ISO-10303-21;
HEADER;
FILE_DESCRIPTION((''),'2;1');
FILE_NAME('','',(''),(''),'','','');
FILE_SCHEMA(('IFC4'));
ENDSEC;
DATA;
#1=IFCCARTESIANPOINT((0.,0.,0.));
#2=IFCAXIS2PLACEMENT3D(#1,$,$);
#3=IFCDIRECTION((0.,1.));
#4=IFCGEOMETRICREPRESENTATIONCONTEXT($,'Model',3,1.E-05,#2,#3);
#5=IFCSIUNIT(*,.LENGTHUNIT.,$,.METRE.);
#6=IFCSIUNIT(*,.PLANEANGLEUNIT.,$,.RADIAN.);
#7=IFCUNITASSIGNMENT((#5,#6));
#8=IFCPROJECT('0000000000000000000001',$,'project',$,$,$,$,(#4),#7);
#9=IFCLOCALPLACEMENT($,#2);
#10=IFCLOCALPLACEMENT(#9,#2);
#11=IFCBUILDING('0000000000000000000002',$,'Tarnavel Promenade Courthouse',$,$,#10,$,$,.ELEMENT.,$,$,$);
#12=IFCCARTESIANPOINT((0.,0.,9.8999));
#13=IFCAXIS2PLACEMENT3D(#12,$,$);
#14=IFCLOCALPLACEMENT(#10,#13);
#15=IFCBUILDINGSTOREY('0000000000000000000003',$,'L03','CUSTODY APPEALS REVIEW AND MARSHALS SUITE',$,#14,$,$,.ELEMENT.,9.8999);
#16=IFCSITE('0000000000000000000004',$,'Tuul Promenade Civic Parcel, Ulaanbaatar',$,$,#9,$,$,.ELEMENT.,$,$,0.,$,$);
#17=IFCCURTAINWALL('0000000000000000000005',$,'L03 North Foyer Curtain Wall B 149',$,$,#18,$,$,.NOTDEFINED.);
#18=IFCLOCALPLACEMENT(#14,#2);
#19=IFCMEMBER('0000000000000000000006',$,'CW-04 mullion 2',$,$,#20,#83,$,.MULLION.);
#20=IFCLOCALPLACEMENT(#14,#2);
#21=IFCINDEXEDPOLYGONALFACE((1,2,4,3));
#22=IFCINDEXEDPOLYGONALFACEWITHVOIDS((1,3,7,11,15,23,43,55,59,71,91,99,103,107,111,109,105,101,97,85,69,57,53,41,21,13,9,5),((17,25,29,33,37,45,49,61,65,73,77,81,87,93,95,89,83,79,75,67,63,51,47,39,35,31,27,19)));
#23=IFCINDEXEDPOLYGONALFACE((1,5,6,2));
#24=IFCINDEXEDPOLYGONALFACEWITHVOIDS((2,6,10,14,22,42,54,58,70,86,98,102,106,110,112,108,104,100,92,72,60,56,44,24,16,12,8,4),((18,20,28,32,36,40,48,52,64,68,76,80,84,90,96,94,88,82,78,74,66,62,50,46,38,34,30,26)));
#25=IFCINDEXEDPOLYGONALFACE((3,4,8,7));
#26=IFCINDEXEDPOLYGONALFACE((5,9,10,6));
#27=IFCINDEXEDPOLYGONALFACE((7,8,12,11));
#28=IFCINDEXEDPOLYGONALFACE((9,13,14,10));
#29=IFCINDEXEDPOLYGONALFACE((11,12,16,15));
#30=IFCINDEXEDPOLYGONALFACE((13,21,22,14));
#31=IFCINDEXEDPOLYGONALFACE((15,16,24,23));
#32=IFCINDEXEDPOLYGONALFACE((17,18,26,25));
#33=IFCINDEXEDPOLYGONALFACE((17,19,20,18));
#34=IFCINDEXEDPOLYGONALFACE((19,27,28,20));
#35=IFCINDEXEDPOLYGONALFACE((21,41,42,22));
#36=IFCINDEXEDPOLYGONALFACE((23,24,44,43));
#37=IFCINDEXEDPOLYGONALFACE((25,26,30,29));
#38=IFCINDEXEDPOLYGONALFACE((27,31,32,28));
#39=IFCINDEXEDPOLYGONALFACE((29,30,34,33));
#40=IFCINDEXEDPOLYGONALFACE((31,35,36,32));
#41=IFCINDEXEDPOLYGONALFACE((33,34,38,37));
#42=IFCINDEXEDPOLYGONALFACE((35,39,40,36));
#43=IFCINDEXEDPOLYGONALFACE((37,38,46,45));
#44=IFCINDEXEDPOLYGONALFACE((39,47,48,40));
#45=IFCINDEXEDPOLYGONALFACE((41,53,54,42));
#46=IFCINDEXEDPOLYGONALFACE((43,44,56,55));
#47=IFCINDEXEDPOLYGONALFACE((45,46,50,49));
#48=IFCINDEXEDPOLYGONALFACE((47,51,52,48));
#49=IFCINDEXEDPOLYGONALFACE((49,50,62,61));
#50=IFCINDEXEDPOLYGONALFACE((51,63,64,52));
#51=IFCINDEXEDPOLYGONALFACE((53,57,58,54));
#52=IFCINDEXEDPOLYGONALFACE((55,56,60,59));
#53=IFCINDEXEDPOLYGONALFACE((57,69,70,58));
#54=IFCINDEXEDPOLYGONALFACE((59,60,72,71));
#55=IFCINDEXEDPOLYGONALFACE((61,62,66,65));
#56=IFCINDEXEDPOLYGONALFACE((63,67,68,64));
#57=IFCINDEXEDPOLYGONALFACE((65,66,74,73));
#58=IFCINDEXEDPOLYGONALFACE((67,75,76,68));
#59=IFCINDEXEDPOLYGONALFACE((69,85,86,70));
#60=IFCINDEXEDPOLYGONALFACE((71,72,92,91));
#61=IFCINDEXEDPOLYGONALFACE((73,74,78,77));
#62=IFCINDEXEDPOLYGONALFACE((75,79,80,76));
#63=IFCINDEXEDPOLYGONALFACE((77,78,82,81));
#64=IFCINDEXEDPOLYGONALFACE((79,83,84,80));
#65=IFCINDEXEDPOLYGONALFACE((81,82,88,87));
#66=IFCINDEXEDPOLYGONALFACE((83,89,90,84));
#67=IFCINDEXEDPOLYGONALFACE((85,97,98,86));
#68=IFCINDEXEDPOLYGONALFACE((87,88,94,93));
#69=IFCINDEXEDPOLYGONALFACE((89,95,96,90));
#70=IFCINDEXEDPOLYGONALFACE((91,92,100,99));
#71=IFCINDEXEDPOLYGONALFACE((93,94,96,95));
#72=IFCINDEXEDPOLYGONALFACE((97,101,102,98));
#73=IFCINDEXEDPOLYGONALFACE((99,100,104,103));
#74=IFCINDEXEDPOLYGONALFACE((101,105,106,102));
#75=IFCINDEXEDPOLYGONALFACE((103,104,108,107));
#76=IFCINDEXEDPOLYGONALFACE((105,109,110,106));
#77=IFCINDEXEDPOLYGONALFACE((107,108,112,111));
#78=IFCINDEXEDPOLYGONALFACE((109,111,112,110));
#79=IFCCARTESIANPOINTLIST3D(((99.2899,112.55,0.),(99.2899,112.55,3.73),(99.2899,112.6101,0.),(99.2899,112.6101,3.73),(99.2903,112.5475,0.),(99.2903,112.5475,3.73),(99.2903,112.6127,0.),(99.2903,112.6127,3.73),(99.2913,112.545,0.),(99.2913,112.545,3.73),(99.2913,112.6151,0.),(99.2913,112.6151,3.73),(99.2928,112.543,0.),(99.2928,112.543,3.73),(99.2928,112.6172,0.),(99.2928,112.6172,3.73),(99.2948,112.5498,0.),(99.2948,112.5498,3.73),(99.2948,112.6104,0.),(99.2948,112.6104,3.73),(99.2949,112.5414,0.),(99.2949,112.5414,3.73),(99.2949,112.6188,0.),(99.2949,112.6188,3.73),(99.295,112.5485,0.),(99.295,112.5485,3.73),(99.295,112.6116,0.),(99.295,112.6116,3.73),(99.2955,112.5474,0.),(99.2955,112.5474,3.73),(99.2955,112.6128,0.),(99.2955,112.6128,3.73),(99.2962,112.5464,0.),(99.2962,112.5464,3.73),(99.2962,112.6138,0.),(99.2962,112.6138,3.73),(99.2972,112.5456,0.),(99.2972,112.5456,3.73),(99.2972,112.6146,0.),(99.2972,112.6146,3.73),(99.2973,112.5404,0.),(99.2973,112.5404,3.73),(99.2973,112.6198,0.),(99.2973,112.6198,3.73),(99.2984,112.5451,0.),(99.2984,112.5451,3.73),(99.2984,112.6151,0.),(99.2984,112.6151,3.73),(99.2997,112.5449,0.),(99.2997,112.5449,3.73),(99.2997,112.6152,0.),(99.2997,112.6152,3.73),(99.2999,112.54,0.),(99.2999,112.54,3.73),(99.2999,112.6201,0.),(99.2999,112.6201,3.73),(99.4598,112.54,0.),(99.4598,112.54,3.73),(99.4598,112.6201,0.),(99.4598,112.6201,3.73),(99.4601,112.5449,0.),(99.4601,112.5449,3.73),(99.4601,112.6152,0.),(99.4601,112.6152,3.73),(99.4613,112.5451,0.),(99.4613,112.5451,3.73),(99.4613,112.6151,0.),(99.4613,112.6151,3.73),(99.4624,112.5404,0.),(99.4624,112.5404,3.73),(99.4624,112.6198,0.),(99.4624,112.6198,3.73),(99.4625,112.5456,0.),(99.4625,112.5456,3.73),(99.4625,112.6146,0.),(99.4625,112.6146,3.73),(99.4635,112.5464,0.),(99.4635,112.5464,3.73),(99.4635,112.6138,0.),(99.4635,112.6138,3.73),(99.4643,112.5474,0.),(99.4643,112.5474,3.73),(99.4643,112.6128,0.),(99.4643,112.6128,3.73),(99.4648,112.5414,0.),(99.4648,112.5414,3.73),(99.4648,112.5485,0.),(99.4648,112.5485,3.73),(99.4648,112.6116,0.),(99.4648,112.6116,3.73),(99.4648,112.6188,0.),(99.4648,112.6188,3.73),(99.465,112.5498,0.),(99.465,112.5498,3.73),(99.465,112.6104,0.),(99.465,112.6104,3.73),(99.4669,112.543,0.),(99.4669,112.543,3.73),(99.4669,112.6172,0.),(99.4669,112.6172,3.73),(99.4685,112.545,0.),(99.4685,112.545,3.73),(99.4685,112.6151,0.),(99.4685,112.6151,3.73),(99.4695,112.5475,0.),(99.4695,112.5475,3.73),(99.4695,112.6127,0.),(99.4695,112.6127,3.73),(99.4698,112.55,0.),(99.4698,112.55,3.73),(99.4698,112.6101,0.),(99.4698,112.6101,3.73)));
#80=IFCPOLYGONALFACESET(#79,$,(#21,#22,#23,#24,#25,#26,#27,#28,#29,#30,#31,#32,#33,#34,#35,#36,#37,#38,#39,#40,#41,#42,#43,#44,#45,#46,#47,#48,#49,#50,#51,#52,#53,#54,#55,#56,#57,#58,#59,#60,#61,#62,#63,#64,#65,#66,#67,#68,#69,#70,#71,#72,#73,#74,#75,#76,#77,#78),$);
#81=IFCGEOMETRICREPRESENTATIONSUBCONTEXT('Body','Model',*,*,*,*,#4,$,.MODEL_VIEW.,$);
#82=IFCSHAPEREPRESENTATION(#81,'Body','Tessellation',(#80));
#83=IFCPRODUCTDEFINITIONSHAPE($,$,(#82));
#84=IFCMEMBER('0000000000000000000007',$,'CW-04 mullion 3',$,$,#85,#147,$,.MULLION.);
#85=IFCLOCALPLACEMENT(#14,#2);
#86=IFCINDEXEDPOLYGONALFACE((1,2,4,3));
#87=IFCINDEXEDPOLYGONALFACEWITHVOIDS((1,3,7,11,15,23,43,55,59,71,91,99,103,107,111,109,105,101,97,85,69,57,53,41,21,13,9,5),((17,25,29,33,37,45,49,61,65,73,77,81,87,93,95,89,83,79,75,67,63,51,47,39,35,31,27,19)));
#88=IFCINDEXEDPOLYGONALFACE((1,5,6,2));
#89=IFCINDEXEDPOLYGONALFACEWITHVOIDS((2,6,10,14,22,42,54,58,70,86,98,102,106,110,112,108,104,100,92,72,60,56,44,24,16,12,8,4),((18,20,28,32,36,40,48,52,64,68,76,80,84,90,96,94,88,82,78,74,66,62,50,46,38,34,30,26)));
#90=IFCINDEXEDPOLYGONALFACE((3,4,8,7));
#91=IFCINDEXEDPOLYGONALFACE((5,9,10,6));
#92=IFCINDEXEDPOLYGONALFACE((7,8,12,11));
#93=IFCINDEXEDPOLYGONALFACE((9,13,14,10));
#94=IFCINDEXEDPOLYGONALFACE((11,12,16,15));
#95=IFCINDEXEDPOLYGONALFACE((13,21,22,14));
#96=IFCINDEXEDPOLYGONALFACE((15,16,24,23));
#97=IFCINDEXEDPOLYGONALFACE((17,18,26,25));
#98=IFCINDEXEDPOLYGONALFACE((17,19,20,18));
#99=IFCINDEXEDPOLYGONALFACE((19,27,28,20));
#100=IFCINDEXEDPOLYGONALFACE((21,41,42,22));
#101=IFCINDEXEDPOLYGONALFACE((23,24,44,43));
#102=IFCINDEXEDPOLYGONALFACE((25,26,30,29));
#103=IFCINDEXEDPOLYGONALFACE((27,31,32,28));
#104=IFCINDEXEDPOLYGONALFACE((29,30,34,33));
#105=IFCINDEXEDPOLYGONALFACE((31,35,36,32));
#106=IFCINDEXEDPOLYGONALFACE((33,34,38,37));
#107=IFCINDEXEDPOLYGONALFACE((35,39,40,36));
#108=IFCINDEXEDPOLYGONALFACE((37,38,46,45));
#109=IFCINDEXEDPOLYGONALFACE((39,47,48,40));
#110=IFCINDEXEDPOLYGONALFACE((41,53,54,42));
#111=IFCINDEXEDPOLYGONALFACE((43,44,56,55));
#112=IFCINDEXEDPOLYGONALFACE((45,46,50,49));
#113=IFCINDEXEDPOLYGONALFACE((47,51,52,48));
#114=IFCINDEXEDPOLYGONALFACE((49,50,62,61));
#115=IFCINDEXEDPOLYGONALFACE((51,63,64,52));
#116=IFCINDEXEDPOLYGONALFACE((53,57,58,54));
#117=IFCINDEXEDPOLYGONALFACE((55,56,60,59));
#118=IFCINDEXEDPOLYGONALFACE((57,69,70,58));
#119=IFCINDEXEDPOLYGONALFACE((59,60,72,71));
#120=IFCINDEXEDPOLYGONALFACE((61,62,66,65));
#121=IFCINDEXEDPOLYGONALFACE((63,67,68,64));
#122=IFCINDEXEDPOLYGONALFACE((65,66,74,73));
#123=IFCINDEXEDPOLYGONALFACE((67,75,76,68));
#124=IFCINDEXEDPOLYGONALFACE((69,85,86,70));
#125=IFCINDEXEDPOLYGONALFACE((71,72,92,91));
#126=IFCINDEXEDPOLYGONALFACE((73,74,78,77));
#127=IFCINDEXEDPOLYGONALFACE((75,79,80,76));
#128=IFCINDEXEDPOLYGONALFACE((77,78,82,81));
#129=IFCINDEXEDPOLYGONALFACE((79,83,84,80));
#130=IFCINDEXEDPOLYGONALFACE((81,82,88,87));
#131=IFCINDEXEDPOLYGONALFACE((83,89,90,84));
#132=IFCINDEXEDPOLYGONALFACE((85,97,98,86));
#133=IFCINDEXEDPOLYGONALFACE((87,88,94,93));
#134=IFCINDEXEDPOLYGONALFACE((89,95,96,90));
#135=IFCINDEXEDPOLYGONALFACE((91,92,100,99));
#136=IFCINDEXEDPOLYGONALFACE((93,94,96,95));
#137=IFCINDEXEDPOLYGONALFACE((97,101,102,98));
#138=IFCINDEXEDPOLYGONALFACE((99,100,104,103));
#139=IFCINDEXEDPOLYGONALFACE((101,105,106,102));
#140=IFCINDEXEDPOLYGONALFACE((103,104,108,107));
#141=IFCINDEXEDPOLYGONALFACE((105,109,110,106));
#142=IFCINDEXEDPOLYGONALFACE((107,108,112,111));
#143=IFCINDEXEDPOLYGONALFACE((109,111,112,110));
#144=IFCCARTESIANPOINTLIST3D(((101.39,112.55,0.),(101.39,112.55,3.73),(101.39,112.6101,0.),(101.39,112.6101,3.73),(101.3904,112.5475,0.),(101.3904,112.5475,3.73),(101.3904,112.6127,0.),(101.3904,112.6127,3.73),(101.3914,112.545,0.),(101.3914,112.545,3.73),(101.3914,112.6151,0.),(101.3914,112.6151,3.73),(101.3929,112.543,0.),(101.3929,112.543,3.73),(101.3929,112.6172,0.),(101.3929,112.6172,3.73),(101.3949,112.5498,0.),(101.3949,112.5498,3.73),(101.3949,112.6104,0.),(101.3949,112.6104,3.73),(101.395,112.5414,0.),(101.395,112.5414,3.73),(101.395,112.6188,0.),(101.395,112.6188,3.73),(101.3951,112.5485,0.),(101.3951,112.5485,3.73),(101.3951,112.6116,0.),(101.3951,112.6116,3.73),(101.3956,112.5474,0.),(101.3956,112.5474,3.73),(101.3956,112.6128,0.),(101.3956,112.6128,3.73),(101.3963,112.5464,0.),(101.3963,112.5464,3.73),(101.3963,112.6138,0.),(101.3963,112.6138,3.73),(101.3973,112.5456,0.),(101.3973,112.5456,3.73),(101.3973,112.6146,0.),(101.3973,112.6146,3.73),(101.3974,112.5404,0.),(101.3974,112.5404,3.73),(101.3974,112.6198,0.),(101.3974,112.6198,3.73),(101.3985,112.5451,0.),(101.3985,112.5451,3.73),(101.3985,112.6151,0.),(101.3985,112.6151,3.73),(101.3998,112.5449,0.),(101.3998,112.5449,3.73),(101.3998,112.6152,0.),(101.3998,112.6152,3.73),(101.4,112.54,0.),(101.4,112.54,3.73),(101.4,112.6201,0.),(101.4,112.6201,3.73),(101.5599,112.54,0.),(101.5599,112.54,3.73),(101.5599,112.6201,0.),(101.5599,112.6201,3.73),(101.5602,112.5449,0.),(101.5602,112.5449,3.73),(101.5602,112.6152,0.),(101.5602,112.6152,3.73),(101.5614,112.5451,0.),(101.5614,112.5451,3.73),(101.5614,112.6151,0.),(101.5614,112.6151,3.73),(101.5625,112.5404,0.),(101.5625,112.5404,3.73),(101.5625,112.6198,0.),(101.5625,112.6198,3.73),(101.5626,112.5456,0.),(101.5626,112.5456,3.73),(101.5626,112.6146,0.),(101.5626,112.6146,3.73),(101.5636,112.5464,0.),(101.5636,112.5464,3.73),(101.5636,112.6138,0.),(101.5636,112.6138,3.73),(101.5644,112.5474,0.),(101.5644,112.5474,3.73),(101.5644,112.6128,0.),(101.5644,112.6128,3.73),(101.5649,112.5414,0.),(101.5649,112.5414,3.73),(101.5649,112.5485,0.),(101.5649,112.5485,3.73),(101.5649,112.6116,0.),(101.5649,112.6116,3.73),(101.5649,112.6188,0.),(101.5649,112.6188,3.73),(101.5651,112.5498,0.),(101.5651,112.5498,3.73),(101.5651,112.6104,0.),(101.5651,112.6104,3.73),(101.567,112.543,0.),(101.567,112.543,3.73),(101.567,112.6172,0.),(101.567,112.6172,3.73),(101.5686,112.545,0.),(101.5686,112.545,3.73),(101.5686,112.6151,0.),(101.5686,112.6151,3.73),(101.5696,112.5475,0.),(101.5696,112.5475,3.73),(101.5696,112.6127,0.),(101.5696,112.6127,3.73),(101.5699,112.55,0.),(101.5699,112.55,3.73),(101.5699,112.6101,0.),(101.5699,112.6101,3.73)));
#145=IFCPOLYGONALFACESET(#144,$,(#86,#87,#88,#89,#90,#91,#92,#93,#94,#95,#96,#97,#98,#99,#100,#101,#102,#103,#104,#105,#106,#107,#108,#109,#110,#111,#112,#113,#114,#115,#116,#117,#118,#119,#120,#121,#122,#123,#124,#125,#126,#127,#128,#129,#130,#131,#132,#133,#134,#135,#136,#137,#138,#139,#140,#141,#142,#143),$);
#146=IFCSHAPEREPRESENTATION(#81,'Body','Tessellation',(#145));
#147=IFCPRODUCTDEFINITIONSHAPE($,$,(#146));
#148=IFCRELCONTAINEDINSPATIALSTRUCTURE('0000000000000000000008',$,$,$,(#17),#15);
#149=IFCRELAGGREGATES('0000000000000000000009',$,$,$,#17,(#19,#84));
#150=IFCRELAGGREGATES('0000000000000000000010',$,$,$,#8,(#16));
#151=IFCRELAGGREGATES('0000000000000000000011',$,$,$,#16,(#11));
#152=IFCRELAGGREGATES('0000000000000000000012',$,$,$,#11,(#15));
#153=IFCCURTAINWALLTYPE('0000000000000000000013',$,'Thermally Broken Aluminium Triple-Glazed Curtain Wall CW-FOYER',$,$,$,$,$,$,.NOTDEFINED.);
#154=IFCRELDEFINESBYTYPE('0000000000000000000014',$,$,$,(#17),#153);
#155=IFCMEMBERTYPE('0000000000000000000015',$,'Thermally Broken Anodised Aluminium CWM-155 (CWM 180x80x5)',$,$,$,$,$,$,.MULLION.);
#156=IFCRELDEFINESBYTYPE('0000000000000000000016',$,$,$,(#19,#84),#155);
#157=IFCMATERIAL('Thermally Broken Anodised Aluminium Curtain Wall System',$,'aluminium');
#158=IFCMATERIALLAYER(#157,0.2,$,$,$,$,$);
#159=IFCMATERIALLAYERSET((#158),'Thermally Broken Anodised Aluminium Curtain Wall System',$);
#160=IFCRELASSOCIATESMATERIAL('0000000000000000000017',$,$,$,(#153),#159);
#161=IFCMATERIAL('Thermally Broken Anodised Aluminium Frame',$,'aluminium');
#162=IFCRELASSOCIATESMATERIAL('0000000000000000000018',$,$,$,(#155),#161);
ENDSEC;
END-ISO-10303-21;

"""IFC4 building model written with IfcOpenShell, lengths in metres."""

from ifc_helpers import new_model, si_unit, direction, frame, origin, origin_2d, place, context, subcontext, project, spatial, hollow_rectangle, extrude, material, layer, layer_set, material_profile, profile_set, type_object, element, aggregate, save


model = new_model("IFC4")

# Units and contexts
model_context = context("Model", 3, precision=1e-05, world=origin(), true_north=direction((0.0, 1.0)))
body_context = subcontext(model_context, "Body", "Model", "MODEL_VIEW")
ifc_project = project(units=[si_unit("LENGTHUNIT", "METRE"), si_unit("PLANEANGLEUNIT", "RADIAN")], contexts=[model_context])

# Site, building, storey
site_placement = place(None, origin())
site = spatial("IfcSite", under=ifc_project, at=site_placement, Name="Tuul Promenade Civic Parcel, Ulaanbaatar", CompositionType="ELEMENT", RefElevation=0.0)
building_placement = place(site_placement, origin())
building = spatial("IfcBuilding", under=site, at=building_placement, Name="Tarnavel Promenade Courthouse", CompositionType="ELEMENT")
storey_placement = place(building_placement, frame((0.0, 0.0, 9.8999)))
storey = spatial("IfcBuildingStorey", under=building, at=storey_placement, Name="L03", Description="CUSTODY APPEALS REVIEW AND MARSHALS SUITE", CompositionType="ELEMENT", Elevation=9.8999)

# Shared definitions
ifc_material_1 = material(Name="Thermally Broken Anodised Aluminium Curtain Wall System", Category="aluminium")
ifc_layer_1 = layer(ifc_material_1, 0.2)
ifc_layer_set_1 = layer_set([ifc_layer_1], Name="Thermally Broken Anodised Aluminium Curtain Wall System")
curtain_wall_type = type_object("IfcCurtainWallType", Name="Thermally Broken Aluminium Triple-Glazed Curtain Wall CW-FOYER", PredefinedType="NOTDEFINED", material=ifc_layer_set_1)
ifc_material_2 = material(Name="Thermally Broken Anodised Aluminium Frame", Category="aluminium")
ifc_material_profile_1 = material_profile(ifc_material_2, hollow_rectangle(XDim=0.0801, YDim=0.1799, WallThickness=0.0049, InnerFilletRadius=0.0049, OuterFilletRadius=0.01, at=origin_2d()), Name="CWM 180x80x5")
ifc_profile_set_1 = profile_set([ifc_material_profile_1], Name="Thermally Broken Anodised Aluminium Frame")
member_type_1 = type_object("IfcMemberType", Name="Thermally Broken Anodised Aluminium CWM-155 (CWM 180x80x5)", PredefinedType="MULLION", material=ifc_profile_set_1)

# Curtain wall, members
curtain_wall_1_placement = place(storey_placement, origin())
curtain_wall_1 = element("IfcCurtainWall", 1, at=curtain_wall_1_placement, inside=storey, type_object=curtain_wall_type, Name="L03 North Foyer Curtain Wall B 149", PredefinedType="NOTDEFINED")
member_1_placement = place(storey_placement, frame((99.3799, 112.5801, 0.0), z_axis=(0.0, 0.0, 1.0), x_axis=(0.0, 1.0, 0.0)))
member_1 = element("IfcMember", 2, at=member_1_placement, type_object=member_type_1, Name="CW-04 mullion 2", PredefinedType="MULLION", context=body_context, shape_type="SweptSolid", body=[
    extrude(hollow_rectangle(XDim=0.0801, YDim=0.1799, WallThickness=0.0049, InnerFilletRadius=0.0049, OuterFilletRadius=0.01, at=origin_2d()), origin(), (0.0, 0.0, 1.0), 3.73),
])
member_2_placement = place(storey_placement, frame((101.48, 112.5801, 0.0), z_axis=(0.0, 0.0, 1.0), x_axis=(0.0, 1.0, 0.0)))
member_2 = element("IfcMember", 3, at=member_2_placement, type_object=member_type_1, Name="CW-04 mullion 3", PredefinedType="MULLION", context=body_context, shape_type="SweptSolid", body=[
    extrude(hollow_rectangle(XDim=0.0801, YDim=0.1799, WallThickness=0.0049, InnerFilletRadius=0.0049, OuterFilletRadius=0.01, at=origin_2d()), origin(), (0.0, 0.0, 1.0), 3.73),
])
aggregate(curtain_wall_1, [member_1, member_2])

save(model, "model.ifc")
